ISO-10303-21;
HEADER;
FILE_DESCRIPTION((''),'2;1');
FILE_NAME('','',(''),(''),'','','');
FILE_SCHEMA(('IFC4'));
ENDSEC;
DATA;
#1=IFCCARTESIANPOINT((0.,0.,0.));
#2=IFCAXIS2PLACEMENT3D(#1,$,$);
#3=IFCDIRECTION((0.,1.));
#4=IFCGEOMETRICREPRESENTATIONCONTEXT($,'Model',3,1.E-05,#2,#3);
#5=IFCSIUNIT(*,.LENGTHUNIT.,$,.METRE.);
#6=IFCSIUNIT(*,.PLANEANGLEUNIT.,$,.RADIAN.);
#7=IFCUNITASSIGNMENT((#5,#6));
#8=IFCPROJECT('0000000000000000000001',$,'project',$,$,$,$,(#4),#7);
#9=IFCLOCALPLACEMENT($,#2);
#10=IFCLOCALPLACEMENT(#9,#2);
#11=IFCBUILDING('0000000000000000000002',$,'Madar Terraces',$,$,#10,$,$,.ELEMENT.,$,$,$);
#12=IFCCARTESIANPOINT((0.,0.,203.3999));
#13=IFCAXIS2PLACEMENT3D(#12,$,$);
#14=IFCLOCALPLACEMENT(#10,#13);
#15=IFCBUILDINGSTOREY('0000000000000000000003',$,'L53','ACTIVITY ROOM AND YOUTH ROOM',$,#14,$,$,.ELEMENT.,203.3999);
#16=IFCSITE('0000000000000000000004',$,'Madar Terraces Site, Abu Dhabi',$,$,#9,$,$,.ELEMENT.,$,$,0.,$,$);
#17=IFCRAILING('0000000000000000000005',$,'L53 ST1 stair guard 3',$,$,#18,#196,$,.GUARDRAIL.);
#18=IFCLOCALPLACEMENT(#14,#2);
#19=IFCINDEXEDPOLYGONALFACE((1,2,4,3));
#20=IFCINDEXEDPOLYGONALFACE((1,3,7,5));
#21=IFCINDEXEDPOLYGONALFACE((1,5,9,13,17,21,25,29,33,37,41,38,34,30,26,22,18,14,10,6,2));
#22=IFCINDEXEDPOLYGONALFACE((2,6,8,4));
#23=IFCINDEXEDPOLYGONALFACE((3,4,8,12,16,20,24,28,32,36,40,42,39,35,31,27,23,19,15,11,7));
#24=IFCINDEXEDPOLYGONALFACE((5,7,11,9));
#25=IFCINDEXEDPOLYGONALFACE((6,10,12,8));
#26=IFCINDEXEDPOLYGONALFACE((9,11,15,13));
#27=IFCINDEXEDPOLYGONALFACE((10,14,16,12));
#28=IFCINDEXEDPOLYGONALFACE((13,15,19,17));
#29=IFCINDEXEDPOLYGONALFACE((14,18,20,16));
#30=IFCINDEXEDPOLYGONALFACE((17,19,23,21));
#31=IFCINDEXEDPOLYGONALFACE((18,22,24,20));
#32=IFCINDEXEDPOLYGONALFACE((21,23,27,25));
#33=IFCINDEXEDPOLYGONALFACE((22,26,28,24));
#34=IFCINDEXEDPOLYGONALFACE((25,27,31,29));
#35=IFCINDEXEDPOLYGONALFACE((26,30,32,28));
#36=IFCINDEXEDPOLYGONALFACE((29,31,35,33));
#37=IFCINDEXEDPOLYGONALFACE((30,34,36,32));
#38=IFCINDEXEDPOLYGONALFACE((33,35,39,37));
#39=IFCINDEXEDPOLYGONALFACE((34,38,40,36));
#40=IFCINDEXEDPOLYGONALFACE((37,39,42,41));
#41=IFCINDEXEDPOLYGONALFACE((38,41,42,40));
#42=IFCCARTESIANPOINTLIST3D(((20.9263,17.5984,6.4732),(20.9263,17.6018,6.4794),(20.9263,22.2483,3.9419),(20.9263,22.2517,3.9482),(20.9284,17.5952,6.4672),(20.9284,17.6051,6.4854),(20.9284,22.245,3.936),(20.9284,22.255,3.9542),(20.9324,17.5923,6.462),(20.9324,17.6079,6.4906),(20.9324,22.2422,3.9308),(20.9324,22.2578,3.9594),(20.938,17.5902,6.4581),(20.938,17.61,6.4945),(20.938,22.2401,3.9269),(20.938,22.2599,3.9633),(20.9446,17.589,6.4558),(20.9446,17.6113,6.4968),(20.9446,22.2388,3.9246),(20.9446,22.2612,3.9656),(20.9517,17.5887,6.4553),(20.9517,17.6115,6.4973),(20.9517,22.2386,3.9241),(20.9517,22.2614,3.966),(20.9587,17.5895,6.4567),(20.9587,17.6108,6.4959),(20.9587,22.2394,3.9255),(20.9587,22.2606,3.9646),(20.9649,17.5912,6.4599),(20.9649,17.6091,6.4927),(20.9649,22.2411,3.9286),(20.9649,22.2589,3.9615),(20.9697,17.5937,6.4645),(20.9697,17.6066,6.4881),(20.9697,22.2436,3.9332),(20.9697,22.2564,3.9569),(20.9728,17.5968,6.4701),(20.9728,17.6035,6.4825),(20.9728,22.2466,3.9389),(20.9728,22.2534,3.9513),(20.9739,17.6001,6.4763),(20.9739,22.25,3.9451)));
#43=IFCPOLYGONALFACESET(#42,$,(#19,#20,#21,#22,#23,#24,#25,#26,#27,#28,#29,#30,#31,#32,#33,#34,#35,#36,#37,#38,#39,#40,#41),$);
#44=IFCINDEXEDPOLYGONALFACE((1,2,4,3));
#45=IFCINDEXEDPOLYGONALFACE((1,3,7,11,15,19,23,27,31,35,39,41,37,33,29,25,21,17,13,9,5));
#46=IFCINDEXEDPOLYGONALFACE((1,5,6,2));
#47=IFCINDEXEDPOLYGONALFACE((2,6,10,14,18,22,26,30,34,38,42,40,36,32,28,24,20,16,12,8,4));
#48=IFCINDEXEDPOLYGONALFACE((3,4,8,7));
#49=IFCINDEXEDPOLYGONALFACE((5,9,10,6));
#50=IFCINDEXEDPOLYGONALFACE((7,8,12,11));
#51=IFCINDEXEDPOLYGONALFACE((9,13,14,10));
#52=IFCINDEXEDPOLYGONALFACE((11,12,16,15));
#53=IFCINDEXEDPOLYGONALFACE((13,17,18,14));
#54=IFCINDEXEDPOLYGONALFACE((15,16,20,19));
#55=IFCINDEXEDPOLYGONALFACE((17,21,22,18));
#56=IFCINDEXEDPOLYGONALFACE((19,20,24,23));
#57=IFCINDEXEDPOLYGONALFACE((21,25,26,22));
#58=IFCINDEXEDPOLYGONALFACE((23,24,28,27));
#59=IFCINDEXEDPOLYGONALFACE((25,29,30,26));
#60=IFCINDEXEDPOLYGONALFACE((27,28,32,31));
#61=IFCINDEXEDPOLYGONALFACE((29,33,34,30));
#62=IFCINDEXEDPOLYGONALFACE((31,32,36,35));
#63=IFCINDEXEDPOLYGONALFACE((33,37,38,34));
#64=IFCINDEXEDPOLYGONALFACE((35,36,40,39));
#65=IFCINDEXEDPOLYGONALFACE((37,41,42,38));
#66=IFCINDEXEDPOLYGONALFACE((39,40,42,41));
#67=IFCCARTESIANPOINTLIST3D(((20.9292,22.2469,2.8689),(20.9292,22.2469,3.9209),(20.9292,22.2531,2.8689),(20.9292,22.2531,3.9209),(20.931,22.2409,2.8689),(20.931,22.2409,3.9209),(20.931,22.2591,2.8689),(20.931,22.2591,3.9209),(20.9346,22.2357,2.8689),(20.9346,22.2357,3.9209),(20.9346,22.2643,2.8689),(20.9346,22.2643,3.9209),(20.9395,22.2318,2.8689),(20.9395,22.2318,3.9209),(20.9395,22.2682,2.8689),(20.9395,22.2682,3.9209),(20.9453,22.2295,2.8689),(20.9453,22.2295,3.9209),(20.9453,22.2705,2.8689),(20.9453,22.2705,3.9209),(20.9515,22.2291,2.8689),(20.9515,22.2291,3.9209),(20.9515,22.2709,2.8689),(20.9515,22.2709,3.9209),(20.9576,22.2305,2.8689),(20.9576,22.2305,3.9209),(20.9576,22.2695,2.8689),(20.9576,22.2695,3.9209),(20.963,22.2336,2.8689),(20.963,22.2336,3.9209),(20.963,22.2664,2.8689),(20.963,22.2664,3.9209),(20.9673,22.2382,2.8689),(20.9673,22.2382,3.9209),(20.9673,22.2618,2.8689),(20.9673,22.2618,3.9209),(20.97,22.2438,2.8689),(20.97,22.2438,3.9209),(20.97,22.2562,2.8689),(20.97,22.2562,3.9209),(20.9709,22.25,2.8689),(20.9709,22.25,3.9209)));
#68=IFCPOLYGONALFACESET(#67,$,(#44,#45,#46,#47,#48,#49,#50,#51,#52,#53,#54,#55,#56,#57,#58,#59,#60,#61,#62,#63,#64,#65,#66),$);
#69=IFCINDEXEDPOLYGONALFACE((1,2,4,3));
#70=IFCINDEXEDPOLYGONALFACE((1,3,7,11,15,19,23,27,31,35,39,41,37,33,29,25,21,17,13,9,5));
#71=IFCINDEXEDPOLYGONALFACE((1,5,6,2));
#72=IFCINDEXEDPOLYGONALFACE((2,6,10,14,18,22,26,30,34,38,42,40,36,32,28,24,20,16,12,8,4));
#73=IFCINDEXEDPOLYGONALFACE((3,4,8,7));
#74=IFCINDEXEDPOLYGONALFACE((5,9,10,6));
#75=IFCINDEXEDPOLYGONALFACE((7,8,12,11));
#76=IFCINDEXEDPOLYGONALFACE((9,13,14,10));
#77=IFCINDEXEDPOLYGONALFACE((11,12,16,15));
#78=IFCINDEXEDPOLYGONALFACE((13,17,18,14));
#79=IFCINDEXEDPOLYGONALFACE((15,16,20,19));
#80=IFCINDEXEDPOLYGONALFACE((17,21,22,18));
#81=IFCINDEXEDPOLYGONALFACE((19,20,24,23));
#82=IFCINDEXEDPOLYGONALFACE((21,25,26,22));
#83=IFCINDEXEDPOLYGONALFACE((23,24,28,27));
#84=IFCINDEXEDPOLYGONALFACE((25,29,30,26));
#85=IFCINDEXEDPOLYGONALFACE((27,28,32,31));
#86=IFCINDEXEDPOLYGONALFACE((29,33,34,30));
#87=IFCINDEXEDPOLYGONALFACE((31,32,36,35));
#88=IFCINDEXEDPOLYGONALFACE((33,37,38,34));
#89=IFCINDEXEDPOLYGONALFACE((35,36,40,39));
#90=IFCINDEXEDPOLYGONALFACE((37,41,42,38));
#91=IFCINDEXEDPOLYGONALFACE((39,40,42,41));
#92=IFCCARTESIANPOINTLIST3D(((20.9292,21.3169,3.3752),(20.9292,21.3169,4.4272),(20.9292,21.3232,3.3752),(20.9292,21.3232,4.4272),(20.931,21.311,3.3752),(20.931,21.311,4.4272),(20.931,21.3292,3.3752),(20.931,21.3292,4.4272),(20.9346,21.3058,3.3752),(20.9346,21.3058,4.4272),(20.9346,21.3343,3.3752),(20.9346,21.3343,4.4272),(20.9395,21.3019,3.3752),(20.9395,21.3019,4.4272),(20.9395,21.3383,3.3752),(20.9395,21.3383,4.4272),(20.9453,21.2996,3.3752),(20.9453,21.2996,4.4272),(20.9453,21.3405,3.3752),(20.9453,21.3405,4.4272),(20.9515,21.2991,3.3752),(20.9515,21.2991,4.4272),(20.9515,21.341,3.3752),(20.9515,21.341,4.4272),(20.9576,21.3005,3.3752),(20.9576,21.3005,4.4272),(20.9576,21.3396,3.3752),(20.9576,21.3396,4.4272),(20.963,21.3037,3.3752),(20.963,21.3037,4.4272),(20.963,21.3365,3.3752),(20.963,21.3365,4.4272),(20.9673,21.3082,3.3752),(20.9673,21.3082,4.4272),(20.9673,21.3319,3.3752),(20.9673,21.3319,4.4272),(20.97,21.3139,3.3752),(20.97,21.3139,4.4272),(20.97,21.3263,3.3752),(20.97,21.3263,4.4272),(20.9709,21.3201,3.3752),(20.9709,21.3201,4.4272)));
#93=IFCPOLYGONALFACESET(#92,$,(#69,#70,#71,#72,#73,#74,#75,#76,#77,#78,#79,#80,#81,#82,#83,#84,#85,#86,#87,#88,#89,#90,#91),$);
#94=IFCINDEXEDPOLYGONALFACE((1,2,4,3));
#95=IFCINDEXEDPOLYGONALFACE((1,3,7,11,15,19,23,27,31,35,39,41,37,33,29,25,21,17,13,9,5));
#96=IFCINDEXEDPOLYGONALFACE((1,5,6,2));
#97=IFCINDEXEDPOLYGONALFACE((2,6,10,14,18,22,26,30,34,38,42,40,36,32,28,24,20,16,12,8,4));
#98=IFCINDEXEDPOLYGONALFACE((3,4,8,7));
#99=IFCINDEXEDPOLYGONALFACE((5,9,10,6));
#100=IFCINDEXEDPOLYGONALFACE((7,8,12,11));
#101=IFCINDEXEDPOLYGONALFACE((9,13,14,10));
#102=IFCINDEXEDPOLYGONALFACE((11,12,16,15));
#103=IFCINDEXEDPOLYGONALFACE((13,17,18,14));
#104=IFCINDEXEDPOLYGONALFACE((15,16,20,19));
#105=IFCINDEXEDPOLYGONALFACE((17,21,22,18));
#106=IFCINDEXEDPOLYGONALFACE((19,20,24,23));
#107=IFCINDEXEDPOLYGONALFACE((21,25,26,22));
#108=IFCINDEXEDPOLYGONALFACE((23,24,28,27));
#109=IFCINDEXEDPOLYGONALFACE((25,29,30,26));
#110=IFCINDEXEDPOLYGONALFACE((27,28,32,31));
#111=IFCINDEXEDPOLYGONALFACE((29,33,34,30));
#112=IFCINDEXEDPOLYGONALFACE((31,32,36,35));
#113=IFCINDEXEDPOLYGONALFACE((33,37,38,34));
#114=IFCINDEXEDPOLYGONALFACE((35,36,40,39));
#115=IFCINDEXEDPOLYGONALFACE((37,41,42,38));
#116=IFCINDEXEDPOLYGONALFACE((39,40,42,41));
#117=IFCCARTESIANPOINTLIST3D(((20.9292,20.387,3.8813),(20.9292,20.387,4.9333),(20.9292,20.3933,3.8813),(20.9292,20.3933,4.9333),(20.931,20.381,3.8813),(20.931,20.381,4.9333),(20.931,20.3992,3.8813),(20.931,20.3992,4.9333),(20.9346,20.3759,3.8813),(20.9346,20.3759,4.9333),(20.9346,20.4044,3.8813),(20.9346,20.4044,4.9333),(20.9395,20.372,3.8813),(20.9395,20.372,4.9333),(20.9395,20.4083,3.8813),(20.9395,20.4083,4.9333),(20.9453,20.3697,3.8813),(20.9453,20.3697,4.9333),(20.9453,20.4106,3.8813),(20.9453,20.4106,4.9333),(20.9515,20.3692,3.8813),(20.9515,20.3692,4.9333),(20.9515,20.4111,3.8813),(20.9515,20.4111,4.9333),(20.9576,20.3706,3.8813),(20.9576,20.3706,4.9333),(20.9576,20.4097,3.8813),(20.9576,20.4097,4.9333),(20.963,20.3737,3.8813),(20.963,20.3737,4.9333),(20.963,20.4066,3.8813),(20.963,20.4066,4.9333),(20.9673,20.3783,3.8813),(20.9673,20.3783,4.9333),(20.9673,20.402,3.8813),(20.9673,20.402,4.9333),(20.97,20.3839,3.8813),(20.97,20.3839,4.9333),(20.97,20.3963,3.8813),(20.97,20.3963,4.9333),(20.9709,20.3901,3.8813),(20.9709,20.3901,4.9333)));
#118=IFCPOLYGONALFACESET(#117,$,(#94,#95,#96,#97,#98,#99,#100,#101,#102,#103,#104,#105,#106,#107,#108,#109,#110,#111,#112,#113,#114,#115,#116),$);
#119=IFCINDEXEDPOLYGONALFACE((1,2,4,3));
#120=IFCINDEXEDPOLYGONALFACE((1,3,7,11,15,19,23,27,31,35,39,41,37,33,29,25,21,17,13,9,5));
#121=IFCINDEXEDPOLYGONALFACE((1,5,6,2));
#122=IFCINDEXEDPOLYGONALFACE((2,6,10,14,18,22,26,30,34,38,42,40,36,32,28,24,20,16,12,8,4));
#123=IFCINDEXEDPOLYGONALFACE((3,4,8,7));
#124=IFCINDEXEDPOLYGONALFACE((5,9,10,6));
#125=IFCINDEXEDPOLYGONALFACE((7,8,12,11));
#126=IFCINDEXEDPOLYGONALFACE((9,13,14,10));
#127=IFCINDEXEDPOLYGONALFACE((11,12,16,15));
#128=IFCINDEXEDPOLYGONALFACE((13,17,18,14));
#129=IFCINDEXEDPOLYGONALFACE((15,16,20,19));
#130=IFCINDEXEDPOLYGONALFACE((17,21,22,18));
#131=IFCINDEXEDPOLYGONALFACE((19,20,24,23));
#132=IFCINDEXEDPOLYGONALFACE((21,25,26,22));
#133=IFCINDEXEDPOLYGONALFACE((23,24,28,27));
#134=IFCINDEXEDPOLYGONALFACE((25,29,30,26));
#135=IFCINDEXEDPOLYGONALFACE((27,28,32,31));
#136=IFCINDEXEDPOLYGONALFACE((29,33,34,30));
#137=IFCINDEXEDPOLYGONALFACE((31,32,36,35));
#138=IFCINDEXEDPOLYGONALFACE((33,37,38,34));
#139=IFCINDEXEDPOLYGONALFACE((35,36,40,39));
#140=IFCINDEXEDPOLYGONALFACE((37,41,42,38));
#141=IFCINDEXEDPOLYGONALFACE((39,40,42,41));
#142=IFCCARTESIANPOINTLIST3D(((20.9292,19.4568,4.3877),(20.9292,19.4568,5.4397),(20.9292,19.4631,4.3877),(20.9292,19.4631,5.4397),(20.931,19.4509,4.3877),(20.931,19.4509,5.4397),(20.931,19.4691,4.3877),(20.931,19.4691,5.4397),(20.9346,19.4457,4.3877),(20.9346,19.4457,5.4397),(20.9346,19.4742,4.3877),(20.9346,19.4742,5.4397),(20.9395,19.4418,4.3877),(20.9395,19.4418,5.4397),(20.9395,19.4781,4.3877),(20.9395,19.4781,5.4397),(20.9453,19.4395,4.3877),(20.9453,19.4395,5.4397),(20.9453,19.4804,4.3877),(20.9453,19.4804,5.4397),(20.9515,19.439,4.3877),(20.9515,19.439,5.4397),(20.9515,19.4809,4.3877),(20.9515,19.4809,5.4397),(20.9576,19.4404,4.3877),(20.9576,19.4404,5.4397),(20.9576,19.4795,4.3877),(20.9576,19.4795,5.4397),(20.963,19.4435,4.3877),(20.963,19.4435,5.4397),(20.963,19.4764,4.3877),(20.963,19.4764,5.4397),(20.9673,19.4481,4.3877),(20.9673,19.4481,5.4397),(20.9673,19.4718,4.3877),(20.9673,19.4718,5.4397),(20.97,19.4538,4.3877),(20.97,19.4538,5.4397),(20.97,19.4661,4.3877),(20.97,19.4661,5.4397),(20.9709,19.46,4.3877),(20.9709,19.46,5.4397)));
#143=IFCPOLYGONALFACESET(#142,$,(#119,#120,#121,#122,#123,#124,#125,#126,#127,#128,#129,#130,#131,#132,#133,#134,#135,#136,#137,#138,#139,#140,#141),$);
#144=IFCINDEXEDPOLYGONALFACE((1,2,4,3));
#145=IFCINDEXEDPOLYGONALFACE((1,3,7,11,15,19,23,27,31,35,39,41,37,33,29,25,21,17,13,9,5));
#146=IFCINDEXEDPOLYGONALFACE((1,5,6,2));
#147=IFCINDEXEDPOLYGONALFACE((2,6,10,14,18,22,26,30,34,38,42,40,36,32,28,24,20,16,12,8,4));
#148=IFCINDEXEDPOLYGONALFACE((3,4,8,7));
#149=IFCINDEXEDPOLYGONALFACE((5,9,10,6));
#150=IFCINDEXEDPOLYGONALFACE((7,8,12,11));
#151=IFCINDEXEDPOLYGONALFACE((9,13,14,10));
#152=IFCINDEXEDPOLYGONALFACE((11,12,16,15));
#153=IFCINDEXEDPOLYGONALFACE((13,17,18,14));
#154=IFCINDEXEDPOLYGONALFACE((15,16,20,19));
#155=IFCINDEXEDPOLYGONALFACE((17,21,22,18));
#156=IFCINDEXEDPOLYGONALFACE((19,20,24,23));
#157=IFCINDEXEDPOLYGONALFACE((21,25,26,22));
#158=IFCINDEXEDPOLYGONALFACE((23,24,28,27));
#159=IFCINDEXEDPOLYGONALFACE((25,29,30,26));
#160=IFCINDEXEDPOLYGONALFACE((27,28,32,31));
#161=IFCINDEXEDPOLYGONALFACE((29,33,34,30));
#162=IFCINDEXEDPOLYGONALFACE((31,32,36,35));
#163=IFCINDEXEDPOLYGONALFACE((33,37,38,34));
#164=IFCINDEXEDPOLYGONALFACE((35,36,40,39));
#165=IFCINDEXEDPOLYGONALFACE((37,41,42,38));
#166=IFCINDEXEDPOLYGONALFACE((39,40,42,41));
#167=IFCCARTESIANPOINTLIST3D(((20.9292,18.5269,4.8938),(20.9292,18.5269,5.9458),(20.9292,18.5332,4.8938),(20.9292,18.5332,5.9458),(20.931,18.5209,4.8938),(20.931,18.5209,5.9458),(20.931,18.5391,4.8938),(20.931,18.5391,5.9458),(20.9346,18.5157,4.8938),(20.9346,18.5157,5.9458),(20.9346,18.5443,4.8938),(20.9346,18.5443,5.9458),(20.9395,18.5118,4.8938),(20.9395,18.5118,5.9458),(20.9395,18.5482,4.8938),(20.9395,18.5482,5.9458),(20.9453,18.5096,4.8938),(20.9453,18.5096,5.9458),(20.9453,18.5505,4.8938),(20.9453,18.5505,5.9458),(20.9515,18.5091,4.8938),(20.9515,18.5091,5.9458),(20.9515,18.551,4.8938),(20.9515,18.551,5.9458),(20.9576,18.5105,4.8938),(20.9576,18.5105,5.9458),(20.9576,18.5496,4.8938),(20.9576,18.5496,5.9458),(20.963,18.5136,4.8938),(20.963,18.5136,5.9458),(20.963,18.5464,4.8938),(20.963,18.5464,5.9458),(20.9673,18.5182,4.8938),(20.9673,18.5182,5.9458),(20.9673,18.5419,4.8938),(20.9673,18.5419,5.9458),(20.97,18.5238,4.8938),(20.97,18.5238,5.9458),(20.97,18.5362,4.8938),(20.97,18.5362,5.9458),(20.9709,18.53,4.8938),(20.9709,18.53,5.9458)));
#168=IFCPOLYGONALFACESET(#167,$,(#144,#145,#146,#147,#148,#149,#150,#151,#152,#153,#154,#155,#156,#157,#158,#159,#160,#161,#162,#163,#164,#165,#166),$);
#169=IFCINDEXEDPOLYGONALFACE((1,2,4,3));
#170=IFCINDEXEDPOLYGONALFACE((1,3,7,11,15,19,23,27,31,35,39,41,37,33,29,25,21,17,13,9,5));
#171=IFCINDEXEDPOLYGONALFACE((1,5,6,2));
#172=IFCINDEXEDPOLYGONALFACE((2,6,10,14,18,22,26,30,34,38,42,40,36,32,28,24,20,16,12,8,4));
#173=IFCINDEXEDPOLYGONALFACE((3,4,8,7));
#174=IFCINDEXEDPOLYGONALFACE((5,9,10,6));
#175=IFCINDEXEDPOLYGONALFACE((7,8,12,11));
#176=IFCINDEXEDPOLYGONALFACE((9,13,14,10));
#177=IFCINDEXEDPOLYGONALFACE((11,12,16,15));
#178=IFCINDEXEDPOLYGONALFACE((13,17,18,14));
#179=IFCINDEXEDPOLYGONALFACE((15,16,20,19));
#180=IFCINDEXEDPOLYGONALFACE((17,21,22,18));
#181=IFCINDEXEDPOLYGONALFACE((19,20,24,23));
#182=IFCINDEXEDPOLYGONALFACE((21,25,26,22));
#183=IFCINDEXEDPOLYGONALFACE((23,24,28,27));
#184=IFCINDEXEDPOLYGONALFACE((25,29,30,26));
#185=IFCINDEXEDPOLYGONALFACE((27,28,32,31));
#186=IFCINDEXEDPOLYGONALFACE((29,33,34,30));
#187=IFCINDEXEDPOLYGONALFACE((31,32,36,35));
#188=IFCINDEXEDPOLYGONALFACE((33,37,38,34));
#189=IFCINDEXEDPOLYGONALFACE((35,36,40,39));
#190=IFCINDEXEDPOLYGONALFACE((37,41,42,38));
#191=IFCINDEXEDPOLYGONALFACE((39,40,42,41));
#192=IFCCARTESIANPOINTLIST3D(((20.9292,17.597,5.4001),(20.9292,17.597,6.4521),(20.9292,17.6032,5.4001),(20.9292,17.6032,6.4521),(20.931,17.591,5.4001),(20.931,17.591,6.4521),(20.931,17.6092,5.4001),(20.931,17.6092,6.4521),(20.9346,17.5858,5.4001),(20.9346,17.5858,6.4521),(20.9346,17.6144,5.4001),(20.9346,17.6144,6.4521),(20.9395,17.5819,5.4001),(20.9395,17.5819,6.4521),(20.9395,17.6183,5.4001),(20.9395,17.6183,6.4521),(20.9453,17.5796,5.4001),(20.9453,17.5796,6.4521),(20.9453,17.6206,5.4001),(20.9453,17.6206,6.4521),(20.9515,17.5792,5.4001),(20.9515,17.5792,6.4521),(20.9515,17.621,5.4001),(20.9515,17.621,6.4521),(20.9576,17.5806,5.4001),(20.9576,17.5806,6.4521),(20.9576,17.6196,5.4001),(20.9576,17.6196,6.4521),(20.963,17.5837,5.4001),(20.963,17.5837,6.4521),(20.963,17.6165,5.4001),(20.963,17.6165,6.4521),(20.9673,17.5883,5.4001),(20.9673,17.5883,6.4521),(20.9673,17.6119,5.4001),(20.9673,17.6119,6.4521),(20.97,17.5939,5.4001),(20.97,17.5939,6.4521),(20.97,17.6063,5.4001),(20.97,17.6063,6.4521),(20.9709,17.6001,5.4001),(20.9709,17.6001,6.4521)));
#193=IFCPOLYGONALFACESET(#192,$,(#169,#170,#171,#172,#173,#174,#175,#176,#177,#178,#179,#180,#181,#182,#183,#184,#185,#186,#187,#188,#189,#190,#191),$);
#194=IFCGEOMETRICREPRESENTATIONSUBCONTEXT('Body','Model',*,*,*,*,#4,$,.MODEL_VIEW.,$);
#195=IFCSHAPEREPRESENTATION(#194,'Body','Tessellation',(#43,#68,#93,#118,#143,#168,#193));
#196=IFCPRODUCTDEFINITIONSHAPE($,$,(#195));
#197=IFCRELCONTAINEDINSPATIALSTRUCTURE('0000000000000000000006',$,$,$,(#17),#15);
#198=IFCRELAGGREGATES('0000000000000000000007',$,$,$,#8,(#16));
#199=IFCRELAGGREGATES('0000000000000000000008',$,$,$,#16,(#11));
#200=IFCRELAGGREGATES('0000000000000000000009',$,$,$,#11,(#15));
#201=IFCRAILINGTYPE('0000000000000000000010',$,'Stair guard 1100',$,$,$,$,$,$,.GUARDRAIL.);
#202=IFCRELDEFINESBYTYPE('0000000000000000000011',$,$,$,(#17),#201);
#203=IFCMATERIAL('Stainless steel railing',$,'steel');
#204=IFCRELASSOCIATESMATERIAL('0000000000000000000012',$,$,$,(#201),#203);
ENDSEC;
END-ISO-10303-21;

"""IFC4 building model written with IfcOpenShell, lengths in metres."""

from ifc_helpers import new_model, si_unit, direction, frame, origin, origin_2d, place, context, subcontext, project, spatial, circle, extrude, material, type_object, element, save


model = new_model("IFC4")

# Units and contexts
model_context = context("Model", 3, precision=1e-05, world=origin(), true_north=direction((0.0, 1.0)))
body_context = subcontext(model_context, "Body", "Model", "MODEL_VIEW")
ifc_project = project(units=[si_unit("LENGTHUNIT", "METRE"), si_unit("PLANEANGLEUNIT", "RADIAN")], contexts=[model_context])

# Site, building, storey
site_placement = place(None, origin())
site = spatial("IfcSite", under=ifc_project, at=site_placement, Name="Madar Terraces Site, Abu Dhabi", CompositionType="ELEMENT", RefElevation=0.0)
building_placement = place(site_placement, origin())
building = spatial("IfcBuilding", under=site, at=building_placement, Name="Madar Terraces", CompositionType="ELEMENT")
storey_placement = place(building_placement, frame((0.0, 0.0, 203.3999)))
storey = spatial("IfcBuildingStorey", under=building, at=storey_placement, Name="L53", Description="ACTIVITY ROOM AND YOUTH ROOM", CompositionType="ELEMENT", Elevation=203.3999)

# Railing
ifc_material_1 = material(Name="Stainless steel railing", Category="steel")
railing_type_1 = type_object("IfcRailingType", Name="Stair guard 1100", PredefinedType="GUARDRAIL", material=ifc_material_1)
railing_1_placement = place(storey_placement, frame((20.95, 22.25, 2.8689)))
element("IfcRailing", 1, at=railing_1_placement, inside=storey, type_object=railing_type_1, Name="L53 ST1 stair guard 3", PredefinedType="GUARDRAIL", context=body_context, shape_type="SweptSolid", body=[
    extrude(circle(Radius=0.0239, at=origin_2d()), frame((0.0, 0.0, 1.0762), z_axis=(0.0, -0.878297, 0.478115), x_axis=(1.0, 0.0, 0.0)), (0.0, 0.0, 1.0), 5.2942),
    extrude(circle(Radius=0.021, at=origin_2d()), origin(), (0.0, 0.0, 1.0), 1.052),
    extrude(circle(Radius=0.021, at=origin_2d()), frame((0.0, -0.9299, 0.5063)), (0.0, 0.0, 1.0), 1.052),
    extrude(circle(Radius=0.021, at=origin_2d()), frame((0.0, -1.8599, 1.0125)), (0.0, 0.0, 1.0), 1.052),
    extrude(circle(Radius=0.021, at=origin_2d()), frame((0.0, -2.79, 1.5188)), (0.0, 0.0, 1.0), 1.052),
    extrude(circle(Radius=0.021, at=origin_2d()), frame((0.0, -3.72, 2.0249)), (0.0, 0.0, 1.0), 1.052),
    extrude(circle(Radius=0.021, at=origin_2d()), frame((0.0, -4.6499, 2.5312)), (0.0, 0.0, 1.0), 1.052),
])

save(model, "model.ifc")
